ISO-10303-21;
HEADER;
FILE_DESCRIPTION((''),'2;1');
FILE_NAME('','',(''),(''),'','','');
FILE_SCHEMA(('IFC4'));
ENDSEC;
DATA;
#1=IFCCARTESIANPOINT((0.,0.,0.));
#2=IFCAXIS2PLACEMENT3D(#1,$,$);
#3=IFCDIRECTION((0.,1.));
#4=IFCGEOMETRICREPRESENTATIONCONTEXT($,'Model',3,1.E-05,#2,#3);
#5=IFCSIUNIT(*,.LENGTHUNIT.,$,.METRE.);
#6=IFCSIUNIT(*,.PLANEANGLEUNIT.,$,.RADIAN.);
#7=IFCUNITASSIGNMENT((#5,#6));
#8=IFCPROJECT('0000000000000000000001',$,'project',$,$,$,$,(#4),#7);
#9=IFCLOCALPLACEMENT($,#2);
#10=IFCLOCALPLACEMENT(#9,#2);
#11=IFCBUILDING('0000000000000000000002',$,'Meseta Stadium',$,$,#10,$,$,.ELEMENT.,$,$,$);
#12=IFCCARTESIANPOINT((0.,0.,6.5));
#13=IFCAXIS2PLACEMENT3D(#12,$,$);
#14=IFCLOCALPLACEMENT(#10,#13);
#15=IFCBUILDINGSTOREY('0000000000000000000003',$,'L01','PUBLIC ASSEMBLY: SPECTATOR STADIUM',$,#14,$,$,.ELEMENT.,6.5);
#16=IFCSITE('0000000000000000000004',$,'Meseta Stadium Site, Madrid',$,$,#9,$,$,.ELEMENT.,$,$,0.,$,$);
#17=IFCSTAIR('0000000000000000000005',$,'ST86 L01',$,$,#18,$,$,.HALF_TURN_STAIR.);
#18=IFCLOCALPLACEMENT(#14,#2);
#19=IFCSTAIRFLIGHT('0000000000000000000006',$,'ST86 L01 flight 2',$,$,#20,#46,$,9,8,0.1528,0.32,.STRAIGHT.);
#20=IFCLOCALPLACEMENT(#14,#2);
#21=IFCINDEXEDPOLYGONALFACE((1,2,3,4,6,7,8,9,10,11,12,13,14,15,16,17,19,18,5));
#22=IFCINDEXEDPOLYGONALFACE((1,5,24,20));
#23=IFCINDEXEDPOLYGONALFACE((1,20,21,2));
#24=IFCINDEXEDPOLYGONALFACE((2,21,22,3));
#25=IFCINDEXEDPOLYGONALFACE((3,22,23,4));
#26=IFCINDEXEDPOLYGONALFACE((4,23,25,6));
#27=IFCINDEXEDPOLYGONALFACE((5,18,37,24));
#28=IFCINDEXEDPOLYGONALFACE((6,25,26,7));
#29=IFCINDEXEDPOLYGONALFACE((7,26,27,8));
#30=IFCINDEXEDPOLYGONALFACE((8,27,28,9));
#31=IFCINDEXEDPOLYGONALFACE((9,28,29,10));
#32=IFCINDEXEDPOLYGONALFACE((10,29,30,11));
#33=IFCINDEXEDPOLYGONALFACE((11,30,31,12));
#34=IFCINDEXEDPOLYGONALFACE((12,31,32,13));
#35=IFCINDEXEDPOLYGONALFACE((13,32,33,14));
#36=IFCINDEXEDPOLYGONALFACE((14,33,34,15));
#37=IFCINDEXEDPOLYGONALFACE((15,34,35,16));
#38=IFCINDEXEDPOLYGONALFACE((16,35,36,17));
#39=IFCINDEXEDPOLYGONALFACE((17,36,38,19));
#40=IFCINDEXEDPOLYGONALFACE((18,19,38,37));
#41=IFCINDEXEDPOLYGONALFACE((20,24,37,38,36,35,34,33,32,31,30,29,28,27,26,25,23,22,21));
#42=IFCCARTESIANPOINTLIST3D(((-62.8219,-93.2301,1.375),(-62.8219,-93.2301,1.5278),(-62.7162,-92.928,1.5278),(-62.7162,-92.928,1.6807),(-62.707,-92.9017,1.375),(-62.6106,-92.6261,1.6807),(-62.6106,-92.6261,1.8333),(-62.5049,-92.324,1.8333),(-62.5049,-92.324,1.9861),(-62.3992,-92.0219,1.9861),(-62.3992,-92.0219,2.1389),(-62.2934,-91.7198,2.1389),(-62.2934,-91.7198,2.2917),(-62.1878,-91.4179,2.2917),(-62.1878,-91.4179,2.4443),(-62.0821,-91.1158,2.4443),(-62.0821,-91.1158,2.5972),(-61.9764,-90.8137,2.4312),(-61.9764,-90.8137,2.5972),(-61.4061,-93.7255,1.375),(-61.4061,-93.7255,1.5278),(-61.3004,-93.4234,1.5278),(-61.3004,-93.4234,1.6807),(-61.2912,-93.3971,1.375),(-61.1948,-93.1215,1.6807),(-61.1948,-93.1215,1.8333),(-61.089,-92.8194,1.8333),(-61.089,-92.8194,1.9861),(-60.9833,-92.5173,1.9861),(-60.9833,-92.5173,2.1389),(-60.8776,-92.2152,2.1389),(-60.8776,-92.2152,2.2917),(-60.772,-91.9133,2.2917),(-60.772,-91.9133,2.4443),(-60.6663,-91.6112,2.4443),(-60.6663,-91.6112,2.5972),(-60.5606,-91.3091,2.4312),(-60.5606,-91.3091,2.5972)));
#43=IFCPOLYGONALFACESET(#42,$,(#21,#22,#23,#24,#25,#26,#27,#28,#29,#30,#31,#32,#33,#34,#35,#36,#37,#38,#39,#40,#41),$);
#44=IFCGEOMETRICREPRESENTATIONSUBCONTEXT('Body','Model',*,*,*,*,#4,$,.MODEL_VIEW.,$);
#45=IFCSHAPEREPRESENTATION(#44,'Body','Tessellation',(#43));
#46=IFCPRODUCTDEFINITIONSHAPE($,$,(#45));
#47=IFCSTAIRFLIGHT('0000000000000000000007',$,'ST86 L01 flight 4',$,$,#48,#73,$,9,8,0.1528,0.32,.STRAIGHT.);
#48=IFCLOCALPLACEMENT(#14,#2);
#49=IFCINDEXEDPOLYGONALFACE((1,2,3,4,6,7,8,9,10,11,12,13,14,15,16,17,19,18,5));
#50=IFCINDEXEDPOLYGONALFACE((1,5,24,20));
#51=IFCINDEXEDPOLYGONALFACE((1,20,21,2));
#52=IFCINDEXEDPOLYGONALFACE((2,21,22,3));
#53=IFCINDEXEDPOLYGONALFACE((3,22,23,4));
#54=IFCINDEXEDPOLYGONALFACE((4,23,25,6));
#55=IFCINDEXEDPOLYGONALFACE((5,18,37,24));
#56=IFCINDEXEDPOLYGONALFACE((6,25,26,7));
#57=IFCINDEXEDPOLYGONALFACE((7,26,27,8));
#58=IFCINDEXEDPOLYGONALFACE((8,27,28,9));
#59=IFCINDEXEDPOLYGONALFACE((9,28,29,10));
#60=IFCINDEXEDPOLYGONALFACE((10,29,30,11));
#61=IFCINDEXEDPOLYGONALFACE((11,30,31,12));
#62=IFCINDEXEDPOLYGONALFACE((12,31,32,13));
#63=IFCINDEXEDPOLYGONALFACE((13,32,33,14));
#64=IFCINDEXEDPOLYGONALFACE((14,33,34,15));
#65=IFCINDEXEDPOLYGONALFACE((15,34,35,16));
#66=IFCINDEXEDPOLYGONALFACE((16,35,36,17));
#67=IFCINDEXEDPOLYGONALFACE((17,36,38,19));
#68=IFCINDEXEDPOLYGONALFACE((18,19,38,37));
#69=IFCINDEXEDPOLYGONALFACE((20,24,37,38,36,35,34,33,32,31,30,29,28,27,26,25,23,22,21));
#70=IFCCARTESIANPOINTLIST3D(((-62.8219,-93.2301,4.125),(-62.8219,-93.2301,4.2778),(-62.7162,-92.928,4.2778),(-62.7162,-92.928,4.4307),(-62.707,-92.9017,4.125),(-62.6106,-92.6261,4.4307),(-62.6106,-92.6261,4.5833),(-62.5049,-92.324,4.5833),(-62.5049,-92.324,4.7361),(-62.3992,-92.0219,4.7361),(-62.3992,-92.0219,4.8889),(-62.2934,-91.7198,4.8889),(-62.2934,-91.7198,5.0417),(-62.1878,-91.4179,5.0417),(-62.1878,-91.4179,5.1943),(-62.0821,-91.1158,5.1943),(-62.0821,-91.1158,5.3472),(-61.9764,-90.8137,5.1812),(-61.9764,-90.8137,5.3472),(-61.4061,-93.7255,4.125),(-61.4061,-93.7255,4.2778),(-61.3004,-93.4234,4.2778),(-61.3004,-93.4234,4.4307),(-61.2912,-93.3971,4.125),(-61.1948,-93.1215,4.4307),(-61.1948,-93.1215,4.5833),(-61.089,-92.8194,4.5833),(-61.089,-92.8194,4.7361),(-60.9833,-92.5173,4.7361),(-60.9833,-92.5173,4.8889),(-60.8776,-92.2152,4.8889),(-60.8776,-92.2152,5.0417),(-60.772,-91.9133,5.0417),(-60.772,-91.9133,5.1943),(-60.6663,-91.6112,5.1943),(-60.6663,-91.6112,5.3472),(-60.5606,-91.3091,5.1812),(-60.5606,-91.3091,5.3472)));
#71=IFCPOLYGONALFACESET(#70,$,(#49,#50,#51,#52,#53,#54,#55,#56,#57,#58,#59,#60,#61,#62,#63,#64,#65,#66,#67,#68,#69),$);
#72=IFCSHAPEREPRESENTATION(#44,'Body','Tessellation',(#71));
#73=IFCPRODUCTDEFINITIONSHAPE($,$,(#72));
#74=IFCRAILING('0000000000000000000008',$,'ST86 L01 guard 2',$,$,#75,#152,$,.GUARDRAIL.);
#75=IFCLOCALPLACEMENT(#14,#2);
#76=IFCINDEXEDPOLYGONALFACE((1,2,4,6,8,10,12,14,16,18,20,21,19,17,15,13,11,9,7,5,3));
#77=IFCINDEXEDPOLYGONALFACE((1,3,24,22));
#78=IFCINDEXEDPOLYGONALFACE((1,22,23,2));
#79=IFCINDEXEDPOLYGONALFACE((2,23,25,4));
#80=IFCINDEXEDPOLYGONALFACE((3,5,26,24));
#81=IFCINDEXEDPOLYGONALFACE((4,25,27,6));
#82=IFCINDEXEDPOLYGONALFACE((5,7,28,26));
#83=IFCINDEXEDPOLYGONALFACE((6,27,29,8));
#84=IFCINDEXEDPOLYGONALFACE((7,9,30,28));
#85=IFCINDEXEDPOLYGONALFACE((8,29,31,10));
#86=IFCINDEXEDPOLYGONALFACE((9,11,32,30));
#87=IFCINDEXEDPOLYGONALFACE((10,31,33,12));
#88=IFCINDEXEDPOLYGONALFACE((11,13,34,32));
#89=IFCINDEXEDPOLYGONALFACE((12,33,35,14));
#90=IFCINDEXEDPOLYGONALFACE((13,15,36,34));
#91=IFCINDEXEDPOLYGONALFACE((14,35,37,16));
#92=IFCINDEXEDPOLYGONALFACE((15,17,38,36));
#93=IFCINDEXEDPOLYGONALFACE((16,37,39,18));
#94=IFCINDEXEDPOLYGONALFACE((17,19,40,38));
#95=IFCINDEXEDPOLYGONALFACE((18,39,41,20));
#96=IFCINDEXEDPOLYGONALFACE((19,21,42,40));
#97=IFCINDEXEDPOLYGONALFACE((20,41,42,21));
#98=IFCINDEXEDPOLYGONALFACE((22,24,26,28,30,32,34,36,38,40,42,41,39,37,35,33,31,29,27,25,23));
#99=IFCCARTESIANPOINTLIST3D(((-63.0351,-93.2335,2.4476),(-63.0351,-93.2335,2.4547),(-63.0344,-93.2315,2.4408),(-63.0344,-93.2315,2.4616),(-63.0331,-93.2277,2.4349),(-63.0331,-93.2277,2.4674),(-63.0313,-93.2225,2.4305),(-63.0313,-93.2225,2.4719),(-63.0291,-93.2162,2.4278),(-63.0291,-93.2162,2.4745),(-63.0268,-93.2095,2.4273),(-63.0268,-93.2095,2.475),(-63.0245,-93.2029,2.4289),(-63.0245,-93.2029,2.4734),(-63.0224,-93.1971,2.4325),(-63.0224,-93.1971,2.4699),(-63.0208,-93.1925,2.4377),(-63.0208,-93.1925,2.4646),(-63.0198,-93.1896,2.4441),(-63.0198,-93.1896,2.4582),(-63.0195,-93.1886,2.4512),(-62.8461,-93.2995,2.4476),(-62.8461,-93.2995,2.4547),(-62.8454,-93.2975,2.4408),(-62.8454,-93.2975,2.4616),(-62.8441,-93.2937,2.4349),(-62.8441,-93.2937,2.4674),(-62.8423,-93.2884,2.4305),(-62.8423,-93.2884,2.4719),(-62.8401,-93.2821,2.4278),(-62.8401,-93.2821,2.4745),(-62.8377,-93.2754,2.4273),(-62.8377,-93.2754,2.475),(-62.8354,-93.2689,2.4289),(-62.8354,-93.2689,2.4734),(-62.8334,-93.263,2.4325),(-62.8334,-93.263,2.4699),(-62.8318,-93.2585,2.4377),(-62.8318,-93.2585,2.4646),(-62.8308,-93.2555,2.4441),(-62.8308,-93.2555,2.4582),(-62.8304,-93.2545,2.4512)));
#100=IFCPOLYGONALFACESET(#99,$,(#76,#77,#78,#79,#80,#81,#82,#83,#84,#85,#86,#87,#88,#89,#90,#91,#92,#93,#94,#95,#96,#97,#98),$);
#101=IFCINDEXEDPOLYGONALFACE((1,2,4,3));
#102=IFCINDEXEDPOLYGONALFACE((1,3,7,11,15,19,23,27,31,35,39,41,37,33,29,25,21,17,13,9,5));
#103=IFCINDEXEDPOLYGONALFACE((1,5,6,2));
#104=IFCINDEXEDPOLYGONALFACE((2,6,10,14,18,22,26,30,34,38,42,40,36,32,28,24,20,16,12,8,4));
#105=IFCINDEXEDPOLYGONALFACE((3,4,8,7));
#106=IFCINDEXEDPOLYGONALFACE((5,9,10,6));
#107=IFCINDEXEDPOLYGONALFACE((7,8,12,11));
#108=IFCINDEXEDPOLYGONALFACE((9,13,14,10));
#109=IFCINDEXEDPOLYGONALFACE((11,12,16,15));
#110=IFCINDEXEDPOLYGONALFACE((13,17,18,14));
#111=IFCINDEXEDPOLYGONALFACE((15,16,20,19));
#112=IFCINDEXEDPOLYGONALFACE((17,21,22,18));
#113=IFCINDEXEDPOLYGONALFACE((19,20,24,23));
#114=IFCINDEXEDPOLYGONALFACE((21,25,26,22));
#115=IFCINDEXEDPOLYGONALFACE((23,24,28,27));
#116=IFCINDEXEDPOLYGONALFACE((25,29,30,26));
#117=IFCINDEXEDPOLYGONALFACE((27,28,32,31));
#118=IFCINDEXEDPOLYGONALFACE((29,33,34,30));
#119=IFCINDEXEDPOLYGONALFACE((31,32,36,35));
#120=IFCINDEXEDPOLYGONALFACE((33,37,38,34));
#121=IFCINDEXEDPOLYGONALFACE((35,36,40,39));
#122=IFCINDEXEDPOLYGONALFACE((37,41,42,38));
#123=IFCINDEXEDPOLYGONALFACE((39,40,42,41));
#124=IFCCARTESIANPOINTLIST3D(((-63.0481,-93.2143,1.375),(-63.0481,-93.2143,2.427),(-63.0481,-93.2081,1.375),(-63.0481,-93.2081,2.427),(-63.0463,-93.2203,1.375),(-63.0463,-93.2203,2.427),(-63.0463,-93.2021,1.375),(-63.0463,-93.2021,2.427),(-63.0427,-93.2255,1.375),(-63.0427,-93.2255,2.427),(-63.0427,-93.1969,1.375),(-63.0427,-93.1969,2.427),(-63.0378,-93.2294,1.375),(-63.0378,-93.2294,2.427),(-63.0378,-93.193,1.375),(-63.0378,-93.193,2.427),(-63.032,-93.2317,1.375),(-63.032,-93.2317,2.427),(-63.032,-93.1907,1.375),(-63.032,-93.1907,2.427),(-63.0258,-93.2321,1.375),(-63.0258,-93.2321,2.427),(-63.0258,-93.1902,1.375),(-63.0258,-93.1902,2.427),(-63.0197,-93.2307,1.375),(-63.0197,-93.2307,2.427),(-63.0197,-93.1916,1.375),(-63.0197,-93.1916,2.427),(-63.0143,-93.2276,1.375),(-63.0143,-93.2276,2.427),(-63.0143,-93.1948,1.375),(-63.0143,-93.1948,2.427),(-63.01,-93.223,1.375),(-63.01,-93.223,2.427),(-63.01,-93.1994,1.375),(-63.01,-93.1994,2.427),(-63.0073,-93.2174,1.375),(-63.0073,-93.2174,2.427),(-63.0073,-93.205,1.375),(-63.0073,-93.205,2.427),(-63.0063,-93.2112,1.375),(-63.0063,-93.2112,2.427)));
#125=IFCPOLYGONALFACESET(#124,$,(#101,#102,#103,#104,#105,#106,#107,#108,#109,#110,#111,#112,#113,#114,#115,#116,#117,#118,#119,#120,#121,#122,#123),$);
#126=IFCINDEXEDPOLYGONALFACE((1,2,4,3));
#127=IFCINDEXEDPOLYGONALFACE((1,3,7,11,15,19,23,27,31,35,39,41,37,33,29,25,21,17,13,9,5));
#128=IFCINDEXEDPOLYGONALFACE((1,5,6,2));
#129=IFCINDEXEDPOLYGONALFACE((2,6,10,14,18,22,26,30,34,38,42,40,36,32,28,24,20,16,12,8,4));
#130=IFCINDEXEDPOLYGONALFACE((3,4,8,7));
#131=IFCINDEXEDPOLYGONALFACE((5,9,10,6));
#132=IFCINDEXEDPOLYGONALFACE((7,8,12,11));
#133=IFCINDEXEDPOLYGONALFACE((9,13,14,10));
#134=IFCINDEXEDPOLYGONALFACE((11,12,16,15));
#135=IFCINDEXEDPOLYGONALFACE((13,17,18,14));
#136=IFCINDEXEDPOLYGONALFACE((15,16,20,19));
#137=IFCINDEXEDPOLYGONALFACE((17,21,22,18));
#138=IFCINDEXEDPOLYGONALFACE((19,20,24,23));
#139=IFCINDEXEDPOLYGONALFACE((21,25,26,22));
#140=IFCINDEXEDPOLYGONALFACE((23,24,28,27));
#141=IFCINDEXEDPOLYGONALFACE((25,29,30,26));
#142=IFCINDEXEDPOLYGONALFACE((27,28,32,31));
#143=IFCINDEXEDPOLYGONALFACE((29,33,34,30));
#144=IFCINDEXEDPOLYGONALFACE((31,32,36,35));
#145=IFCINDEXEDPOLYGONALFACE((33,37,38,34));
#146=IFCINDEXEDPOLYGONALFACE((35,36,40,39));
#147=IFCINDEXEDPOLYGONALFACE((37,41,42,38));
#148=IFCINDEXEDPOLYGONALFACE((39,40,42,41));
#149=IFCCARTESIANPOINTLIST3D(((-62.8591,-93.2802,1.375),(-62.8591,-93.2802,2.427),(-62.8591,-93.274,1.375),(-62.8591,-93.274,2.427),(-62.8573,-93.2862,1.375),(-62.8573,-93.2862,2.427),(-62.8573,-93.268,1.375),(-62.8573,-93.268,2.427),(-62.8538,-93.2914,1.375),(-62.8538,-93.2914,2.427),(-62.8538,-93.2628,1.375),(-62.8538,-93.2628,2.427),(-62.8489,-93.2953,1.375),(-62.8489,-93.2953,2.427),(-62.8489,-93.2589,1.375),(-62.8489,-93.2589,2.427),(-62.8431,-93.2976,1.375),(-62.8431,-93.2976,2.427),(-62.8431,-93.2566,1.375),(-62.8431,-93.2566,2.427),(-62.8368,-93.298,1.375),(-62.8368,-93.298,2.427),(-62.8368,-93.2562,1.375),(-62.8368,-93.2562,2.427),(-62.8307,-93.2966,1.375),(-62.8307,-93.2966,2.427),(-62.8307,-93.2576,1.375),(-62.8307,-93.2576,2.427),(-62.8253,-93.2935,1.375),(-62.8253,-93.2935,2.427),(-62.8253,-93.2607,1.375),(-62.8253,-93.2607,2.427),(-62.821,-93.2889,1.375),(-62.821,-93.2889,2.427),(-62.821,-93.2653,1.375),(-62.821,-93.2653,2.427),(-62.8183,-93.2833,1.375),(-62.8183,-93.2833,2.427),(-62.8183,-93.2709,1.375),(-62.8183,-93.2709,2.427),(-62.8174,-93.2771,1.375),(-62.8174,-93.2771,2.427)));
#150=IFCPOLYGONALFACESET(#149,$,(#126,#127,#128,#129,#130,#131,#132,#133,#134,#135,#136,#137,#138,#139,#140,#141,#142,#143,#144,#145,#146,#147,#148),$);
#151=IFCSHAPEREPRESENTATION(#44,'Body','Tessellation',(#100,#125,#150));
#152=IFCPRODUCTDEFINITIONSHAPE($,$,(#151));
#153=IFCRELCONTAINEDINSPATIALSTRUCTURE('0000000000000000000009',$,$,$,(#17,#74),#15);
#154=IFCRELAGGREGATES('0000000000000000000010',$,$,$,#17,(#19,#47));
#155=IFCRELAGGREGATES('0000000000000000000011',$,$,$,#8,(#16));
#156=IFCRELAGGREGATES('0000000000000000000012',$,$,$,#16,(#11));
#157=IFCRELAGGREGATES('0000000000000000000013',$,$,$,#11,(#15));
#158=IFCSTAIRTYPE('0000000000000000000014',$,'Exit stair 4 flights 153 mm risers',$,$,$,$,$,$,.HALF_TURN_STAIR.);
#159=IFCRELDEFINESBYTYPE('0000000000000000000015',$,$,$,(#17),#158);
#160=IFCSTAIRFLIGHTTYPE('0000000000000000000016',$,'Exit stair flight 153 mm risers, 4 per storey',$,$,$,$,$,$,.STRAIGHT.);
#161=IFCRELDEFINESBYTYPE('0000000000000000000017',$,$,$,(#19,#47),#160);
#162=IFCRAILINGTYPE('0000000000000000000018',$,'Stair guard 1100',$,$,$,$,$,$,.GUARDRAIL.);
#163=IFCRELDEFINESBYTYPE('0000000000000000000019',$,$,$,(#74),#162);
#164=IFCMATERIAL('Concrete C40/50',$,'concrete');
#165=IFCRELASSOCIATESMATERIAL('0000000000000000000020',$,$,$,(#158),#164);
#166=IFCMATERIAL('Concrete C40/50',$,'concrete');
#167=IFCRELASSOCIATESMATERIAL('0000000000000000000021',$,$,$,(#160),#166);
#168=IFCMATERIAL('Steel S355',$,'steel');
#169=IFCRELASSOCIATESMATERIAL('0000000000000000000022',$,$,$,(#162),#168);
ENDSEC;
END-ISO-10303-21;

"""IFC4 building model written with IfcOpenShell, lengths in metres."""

from ifc_helpers import new_model, si_unit, direction, frame, origin, origin_2d, place, context, subcontext, project, spatial, polyline, circle, outline, extrude, material, type_object, element, aggregate, save


model = new_model("IFC4")

# Units and contexts
model_context = context("Model", 3, precision=1e-05, world=origin(), true_north=direction((0.0, 1.0)))
body_context = subcontext(model_context, "Body", "Model", "MODEL_VIEW")
ifc_project = project(units=[si_unit("LENGTHUNIT", "METRE"), si_unit("PLANEANGLEUNIT", "RADIAN")], contexts=[model_context])

# Site, building, storey
site_placement = place(None, origin())
site = spatial("IfcSite", under=ifc_project, at=site_placement, Name="Meseta Stadium Site, Madrid", CompositionType="ELEMENT", RefElevation=0.0)
building_placement = place(site_placement, origin())
building = spatial("IfcBuilding", under=site, at=building_placement, Name="Meseta Stadium", CompositionType="ELEMENT")
storey_placement = place(building_placement, frame((0.0, 0.0, 6.5)))
storey = spatial("IfcBuildingStorey", under=building, at=storey_placement, Name="L01", Description="PUBLIC ASSEMBLY: SPECTATOR STADIUM", CompositionType="ELEMENT", Elevation=6.5)

# Stair, stair flights
ifc_material_1 = material(Name="Concrete C40/50", Category="concrete")
stair_type = type_object("IfcStairType", Name="Exit stair 4 flights 153 mm risers", PredefinedType="HALF_TURN_STAIR", material=ifc_material_1)
stair_placement = place(storey_placement, origin())
stair = element("IfcStair", 1, at=stair_placement, inside=storey, type_object=stair_type, Name="ST86 L01", PredefinedType="HALF_TURN_STAIR")
ifc_material_2 = material(Name="Concrete C40/50", Category="concrete")
stair_flight_type = type_object("IfcStairFlightType", Name="Exit stair flight 153 mm risers, 4 per storey", PredefinedType="STRAIGHT", material=ifc_material_2)
stair_flight_1_placement = place(storey_placement, frame((-62.114, -93.4778, 1.375), z_axis=(0.0, 0.0, 1.0), x_axis=(0.330279, 0.943883, 0.0)))
stair_flight_1 = element("IfcStairFlight", 2, at=stair_flight_1_placement, type_object=stair_flight_type, Name="ST86 L01 flight 2", NumberOfRisers=9, NumberOfTreads=8, PredefinedType="STRAIGHT", RiserHeight=0.1528, TreadLength=0.32, context=body_context, shape_type="SweptSolid", body=[
    extrude(outline(polyline([(0.0, 0.0), (0.0, 0.1528), (0.3201, 0.1528), (0.3201, 0.3057), (0.6399, 0.3057), (0.6399, 0.4583), (0.96, 0.4583), (0.96, 0.6111), (1.28, 0.6111), (1.28, 0.7639), (1.6001, 0.7639), (1.6001, 0.9167), (1.9199, 0.9167), (1.9199, 1.0693), (2.24, 1.0693), (2.24, 1.2222), (2.5601, 1.2222), (2.5601, 1.0562), (0.3479, 0.0), (0.0, 0.0)])), frame((0.0, 0.75, 0.0), z_axis=(0.0, -1.0, 0.0), x_axis=(1.0, 0.0, 0.0)), (0.0, 0.0, 1.0), 1.5),
])
stair_flight_2_placement = place(storey_placement, frame((-62.114, -93.4778, 4.125), z_axis=(0.0, 0.0, 1.0), x_axis=(0.330279, 0.943883, 0.0)))
stair_flight_2 = element("IfcStairFlight", 3, at=stair_flight_2_placement, type_object=stair_flight_type, Name="ST86 L01 flight 4", NumberOfRisers=9, NumberOfTreads=8, PredefinedType="STRAIGHT", RiserHeight=0.1528, TreadLength=0.32, context=body_context, shape_type="SweptSolid", body=[
    extrude(outline(polyline([(0.0, 0.0), (0.0, 0.1528), (0.3201, 0.1528), (0.3201, 0.3057), (0.6399, 0.3057), (0.6399, 0.4583), (0.96, 0.4583), (0.96, 0.6111), (1.28, 0.6111), (1.28, 0.7639), (1.6001, 0.7639), (1.6001, 0.9167), (1.9199, 0.9167), (1.9199, 1.0693), (2.24, 1.0693), (2.24, 1.2222), (2.5601, 1.2222), (2.5601, 1.0562), (0.3479, 0.0), (0.0, 0.0)])), frame((0.0, 0.75, 0.0), z_axis=(0.0, -1.0, 0.0), x_axis=(1.0, 0.0, 0.0)), (0.0, 0.0, 1.0), 1.5),
])
aggregate(stair, [stair_flight_1, stair_flight_2])

# Railing
ifc_material_3 = material(Name="Steel S355", Category="steel")
railing_type_1 = type_object("IfcRailingType", Name="Stair guard 1100", PredefinedType="GUARDRAIL", material=ifc_material_3)
railing_1_placement = place(storey_placement, frame((-63.0273, -93.2112, 1.375)))
element("IfcRailing", 4, at=railing_1_placement, inside=storey, type_object=railing_type_1, Name="ST86 L01 guard 2", PredefinedType="GUARDRAIL", context=body_context, shape_type="SweptSolid", body=[
    extrude(circle(Radius=0.0239, at=origin_2d()), frame((0.0, 0.0, 1.0762), z_axis=(0.9442, -0.329372, 0.0), x_axis=(0.329372, 0.9442, 0.0)), (0.0, 0.0, 1.0), 0.2002),
    extrude(circle(Radius=0.021, at=origin_2d()), origin(), (0.0, 0.0, 1.0), 1.052),
    extrude(circle(Radius=0.021, at=origin_2d()), frame((0.189, -0.0659, 0.0)), (0.0, 0.0, 1.0), 1.052),
])

save(model, "model.ifc")
